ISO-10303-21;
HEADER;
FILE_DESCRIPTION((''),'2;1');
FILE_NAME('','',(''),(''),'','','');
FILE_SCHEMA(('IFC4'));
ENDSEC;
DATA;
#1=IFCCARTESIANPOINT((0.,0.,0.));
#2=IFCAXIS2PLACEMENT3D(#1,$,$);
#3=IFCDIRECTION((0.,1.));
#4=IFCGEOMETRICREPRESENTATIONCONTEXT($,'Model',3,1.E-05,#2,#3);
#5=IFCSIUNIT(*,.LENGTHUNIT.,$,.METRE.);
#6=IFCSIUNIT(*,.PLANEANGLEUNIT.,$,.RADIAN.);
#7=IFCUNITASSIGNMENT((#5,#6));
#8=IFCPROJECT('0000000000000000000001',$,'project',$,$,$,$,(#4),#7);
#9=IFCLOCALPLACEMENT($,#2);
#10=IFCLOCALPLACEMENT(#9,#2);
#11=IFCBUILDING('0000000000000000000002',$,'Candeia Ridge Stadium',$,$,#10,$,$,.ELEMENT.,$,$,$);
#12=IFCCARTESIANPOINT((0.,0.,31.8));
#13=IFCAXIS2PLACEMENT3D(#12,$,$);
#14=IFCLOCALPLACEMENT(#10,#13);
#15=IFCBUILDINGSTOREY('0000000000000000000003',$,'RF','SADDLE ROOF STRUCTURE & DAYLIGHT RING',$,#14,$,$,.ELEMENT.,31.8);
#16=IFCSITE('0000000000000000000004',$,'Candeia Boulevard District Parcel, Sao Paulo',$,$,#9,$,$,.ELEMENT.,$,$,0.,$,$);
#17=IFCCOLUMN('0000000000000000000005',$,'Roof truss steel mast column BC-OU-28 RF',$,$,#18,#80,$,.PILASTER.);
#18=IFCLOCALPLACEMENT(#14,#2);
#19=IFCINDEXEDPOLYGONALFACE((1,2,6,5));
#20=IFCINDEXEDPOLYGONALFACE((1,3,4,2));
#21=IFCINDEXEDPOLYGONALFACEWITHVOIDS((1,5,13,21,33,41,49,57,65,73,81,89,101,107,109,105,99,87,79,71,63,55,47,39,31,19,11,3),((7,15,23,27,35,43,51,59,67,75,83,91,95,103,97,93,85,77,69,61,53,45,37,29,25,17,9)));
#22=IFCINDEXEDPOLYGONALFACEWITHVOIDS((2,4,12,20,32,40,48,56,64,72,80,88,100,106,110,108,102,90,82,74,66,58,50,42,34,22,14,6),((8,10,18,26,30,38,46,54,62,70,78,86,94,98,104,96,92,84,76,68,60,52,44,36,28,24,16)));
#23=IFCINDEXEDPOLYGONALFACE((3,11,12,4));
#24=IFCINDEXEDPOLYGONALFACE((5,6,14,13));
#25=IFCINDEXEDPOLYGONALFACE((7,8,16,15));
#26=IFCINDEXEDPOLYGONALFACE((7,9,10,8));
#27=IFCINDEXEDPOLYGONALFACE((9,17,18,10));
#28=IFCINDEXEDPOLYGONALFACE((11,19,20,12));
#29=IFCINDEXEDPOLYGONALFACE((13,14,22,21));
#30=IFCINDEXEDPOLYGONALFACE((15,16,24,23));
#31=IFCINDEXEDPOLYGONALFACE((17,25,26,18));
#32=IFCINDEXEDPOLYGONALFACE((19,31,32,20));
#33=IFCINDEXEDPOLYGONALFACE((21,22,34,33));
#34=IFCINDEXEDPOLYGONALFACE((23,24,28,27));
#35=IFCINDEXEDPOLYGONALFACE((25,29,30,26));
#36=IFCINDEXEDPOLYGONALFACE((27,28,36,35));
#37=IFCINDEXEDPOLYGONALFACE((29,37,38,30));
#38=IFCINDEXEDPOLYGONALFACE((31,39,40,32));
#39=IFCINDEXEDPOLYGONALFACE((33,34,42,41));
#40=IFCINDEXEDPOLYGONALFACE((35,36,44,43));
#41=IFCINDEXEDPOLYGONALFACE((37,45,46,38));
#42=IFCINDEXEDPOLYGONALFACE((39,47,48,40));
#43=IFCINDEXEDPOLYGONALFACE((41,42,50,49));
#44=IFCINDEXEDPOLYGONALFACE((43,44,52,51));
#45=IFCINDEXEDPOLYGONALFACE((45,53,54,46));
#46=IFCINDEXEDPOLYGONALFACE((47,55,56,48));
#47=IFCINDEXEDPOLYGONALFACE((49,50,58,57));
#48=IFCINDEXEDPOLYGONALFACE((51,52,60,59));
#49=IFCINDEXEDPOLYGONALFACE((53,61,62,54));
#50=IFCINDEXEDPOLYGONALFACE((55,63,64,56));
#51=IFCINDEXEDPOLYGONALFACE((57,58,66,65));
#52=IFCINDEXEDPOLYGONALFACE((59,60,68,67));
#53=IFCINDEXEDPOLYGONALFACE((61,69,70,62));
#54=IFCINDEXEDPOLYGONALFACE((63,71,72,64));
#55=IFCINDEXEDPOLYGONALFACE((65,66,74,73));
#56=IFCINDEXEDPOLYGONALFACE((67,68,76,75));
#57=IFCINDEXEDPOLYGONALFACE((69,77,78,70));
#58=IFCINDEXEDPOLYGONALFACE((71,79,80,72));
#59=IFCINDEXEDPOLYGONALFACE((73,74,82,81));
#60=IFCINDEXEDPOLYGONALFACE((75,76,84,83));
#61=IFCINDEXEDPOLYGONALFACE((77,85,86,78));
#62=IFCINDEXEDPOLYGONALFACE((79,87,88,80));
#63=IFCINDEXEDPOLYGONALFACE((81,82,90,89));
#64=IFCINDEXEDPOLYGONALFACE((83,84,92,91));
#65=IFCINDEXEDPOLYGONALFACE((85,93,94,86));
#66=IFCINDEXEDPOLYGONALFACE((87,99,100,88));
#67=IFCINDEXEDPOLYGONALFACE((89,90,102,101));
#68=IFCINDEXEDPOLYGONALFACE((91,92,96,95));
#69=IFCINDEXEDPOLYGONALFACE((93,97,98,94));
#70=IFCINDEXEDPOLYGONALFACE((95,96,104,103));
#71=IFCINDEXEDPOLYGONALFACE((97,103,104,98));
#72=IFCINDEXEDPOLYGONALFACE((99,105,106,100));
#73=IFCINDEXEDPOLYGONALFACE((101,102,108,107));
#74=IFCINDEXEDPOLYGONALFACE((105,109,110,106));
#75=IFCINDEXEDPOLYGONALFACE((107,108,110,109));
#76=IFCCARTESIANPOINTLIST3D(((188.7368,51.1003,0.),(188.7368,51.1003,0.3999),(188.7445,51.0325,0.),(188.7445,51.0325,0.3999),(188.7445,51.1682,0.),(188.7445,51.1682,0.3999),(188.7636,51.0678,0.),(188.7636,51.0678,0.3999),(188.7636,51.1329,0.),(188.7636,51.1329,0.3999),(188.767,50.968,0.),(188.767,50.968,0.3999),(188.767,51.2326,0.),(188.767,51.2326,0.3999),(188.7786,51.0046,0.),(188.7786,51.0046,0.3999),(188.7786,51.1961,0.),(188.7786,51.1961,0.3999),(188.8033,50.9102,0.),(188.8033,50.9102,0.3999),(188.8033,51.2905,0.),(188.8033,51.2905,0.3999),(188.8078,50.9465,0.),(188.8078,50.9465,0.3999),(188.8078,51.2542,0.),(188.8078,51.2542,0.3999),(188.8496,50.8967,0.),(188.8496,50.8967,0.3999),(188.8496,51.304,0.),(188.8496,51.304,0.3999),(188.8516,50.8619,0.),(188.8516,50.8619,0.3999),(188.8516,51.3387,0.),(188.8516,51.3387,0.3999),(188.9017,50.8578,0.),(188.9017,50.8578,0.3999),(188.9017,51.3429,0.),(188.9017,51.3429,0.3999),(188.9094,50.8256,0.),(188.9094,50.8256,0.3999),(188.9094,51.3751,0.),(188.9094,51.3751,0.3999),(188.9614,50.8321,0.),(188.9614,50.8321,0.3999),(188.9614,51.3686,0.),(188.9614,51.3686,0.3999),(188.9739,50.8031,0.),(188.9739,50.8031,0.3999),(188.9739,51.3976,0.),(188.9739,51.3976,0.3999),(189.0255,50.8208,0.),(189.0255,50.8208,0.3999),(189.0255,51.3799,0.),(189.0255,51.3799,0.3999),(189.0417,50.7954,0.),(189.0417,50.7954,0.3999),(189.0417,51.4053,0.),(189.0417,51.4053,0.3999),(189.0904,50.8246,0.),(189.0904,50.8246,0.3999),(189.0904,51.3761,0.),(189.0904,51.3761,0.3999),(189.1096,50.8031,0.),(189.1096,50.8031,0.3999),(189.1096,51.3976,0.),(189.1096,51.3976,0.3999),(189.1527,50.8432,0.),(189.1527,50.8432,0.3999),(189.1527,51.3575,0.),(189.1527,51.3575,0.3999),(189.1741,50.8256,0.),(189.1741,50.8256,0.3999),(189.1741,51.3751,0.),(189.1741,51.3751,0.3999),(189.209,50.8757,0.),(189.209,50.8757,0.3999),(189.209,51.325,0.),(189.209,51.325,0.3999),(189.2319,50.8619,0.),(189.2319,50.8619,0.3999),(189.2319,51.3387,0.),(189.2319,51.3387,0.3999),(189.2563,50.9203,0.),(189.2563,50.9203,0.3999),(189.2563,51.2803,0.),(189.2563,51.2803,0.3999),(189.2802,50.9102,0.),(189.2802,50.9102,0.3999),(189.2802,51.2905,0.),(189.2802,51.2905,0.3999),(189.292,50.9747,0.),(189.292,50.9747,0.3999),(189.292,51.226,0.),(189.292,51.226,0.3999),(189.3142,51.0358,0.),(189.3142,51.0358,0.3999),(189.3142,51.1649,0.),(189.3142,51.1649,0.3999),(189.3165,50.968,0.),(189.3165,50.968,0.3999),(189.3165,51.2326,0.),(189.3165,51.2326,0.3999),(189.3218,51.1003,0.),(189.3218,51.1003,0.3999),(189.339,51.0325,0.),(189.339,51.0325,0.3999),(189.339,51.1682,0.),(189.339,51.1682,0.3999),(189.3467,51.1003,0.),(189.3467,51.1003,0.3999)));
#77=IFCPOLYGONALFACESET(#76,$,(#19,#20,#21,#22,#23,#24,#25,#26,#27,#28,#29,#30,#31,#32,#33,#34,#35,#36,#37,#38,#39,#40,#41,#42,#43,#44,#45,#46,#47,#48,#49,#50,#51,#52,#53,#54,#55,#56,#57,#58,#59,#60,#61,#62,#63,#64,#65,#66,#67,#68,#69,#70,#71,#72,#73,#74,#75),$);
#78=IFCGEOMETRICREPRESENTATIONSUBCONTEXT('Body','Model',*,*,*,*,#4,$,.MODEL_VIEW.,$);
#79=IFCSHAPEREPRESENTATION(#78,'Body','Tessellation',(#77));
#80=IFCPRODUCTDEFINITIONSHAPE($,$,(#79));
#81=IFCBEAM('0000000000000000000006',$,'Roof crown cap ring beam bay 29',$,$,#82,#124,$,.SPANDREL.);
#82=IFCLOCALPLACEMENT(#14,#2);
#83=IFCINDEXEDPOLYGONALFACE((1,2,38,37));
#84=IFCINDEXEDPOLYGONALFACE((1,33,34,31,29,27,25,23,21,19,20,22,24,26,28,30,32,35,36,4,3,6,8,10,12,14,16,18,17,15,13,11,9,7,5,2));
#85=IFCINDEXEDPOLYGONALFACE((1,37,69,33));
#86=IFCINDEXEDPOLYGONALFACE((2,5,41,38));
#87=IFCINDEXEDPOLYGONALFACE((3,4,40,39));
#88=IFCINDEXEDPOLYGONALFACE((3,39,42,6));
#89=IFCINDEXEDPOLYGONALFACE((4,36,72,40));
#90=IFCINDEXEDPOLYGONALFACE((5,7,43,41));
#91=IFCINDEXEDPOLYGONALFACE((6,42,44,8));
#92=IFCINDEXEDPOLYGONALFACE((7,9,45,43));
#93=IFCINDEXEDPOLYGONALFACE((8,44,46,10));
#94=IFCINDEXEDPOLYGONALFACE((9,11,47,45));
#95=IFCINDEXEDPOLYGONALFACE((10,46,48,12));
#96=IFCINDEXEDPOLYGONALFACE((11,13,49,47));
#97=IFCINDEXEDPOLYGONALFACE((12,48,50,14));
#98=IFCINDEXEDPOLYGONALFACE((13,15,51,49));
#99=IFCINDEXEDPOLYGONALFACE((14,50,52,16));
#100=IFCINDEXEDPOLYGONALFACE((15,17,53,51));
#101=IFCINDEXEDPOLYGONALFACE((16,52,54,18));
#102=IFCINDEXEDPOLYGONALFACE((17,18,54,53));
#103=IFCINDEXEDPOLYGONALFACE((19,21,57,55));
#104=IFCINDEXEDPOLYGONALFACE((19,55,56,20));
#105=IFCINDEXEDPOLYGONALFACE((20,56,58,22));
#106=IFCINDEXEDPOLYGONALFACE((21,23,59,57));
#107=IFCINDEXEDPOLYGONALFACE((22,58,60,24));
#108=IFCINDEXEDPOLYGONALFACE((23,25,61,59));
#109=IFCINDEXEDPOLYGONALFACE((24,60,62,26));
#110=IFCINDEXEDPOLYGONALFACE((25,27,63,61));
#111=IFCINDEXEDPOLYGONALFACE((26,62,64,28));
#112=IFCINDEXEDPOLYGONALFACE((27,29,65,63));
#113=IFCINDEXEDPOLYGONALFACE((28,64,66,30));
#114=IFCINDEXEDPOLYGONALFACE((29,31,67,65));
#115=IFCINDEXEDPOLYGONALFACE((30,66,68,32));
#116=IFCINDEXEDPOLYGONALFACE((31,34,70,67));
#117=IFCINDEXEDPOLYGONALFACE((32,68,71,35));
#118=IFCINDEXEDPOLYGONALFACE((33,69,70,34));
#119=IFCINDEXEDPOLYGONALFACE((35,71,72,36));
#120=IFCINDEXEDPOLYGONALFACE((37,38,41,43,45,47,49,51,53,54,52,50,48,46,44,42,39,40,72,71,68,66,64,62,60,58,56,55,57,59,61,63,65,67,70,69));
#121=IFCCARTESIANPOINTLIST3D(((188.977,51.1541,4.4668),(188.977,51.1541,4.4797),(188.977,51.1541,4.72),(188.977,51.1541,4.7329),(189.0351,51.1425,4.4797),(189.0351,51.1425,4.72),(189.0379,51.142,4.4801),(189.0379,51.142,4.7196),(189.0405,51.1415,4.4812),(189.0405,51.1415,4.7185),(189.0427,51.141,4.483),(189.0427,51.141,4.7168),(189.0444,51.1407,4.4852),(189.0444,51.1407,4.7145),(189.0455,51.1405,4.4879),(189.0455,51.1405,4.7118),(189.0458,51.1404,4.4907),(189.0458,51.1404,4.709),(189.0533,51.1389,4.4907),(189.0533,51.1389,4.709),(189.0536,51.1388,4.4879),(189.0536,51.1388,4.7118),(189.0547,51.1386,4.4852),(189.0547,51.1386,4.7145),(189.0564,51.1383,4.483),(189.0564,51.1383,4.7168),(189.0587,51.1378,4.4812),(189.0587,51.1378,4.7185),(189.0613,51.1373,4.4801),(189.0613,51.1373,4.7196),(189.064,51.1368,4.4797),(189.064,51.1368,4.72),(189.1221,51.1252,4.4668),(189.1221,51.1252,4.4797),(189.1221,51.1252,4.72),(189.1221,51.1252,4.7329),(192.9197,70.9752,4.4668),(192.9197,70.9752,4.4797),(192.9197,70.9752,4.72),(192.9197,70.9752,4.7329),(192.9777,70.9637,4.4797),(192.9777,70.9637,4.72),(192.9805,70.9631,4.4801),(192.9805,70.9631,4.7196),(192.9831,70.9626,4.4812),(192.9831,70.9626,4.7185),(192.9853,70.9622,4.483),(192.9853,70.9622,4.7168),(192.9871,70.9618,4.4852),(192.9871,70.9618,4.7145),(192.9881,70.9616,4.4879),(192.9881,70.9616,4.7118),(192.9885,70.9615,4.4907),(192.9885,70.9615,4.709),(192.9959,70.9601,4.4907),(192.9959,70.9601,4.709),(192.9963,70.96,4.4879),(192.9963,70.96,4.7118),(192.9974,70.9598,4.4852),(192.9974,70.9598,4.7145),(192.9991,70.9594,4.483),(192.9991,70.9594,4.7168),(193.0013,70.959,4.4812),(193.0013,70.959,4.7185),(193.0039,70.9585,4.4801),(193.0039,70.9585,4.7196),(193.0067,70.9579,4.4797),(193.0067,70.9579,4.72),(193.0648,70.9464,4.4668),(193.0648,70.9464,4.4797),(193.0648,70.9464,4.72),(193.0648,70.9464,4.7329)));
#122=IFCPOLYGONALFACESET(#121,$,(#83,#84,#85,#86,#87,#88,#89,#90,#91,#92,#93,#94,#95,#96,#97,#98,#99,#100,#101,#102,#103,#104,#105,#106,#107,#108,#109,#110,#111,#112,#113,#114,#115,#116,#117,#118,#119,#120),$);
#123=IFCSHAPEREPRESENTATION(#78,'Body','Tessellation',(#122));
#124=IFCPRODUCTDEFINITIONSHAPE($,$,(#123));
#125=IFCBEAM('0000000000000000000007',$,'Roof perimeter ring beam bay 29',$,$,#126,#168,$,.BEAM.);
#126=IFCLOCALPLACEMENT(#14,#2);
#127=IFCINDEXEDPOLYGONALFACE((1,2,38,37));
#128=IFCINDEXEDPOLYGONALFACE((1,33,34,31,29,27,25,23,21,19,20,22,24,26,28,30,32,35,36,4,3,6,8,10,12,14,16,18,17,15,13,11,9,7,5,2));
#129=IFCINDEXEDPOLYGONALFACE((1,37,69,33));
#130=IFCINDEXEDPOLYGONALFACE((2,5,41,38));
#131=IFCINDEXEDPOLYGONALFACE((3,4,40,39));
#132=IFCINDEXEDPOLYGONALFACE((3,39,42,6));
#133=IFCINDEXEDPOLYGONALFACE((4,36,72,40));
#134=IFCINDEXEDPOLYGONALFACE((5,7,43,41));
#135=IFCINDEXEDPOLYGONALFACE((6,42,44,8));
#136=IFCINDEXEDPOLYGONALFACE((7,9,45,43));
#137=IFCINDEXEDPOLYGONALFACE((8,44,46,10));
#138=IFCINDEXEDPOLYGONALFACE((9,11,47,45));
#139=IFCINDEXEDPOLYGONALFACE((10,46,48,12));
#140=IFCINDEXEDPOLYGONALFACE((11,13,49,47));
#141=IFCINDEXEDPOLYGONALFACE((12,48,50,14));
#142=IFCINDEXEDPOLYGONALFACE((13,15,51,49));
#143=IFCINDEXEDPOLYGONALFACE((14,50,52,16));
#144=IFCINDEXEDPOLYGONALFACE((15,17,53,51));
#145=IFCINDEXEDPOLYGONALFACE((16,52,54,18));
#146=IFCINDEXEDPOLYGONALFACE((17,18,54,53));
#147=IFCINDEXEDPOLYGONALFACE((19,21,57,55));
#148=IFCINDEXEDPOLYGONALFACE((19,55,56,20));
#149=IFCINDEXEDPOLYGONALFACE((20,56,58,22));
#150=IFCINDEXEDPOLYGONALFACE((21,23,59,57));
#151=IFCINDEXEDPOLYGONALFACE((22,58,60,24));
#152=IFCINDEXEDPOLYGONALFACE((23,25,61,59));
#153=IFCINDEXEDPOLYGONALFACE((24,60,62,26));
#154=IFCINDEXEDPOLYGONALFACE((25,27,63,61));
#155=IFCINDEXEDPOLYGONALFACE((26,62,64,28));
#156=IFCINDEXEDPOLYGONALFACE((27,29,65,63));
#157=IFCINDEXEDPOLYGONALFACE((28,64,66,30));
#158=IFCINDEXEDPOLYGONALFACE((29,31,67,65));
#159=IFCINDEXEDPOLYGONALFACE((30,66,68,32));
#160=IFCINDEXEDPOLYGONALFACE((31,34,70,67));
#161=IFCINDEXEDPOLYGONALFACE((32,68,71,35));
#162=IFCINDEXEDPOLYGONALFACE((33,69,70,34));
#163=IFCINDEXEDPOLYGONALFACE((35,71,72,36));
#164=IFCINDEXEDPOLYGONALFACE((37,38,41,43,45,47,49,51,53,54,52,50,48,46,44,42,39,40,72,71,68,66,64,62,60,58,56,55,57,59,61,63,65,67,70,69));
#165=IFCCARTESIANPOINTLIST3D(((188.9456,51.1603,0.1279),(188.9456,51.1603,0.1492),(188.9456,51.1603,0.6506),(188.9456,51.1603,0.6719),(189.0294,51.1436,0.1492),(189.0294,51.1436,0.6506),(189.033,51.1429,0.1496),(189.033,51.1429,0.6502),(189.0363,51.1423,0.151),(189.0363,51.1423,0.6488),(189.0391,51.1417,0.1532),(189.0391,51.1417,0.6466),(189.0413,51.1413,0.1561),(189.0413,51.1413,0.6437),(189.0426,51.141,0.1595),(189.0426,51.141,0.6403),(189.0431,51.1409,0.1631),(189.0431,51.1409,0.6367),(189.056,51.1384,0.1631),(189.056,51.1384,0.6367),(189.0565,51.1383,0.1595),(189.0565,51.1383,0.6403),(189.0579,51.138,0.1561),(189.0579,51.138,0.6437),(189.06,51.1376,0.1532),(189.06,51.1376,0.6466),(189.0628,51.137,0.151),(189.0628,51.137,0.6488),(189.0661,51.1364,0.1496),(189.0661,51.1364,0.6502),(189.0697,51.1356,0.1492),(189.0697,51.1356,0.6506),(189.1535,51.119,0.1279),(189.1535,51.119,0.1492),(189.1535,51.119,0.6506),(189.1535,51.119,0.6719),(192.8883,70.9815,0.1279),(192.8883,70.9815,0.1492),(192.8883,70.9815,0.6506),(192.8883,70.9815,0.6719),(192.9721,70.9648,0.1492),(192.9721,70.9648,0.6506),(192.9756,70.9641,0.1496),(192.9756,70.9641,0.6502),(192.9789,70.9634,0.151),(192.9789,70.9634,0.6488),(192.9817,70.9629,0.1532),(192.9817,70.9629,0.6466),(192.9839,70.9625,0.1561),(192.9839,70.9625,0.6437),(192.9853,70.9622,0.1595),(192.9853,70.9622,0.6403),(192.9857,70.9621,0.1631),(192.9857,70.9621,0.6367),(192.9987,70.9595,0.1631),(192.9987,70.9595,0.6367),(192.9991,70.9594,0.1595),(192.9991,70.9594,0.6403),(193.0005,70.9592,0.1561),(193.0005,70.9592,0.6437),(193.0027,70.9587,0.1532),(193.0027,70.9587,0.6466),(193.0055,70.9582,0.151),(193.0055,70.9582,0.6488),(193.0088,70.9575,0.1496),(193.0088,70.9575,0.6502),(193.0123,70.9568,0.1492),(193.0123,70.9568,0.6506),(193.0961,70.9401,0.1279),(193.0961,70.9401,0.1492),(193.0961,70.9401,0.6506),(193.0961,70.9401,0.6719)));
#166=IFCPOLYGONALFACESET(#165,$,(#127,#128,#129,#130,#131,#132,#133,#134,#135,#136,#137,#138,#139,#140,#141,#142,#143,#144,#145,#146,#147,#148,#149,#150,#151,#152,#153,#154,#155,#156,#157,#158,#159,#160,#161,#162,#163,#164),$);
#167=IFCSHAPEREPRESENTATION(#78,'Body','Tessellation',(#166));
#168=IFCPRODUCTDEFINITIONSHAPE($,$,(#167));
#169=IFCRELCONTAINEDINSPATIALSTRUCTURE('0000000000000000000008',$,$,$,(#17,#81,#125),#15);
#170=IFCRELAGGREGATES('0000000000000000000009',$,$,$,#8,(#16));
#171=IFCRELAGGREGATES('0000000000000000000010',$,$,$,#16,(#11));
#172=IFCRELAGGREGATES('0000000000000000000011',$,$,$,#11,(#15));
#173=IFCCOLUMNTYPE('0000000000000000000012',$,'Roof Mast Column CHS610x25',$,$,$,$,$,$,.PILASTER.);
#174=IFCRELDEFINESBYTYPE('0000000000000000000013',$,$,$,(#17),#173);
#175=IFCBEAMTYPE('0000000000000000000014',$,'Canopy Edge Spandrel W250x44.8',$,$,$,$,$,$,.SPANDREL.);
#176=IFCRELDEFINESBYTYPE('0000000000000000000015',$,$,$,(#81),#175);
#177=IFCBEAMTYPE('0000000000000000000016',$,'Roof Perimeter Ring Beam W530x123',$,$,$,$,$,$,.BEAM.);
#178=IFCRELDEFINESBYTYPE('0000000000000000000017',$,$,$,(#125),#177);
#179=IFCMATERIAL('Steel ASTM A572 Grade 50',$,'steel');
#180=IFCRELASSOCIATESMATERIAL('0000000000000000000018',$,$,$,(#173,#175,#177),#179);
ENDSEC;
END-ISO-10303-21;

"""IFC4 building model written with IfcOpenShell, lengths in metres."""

from ifc_helpers import new_model, si_unit, direction, frame, origin, origin_2d, place, context, subcontext, project, spatial, hollow_circle, i_section, extrude, material, material_profile, profile_set, type_object, element, save


model = new_model("IFC4")

# Units and contexts
model_context = context("Model", 3, precision=1e-05, world=origin(), true_north=direction((0.0, 1.0)))
body_context = subcontext(model_context, "Body", "Model", "MODEL_VIEW")
ifc_project = project(units=[si_unit("LENGTHUNIT", "METRE"), si_unit("PLANEANGLEUNIT", "RADIAN")], contexts=[model_context])

# Site, building, storey
site_placement = place(None, origin())
site = spatial("IfcSite", under=ifc_project, at=site_placement, Name="Candeia Boulevard District Parcel, Sao Paulo", CompositionType="ELEMENT", RefElevation=0.0)
building_placement = place(site_placement, origin())
building = spatial("IfcBuilding", under=site, at=building_placement, Name="Candeia Ridge Stadium", CompositionType="ELEMENT")
storey_placement = place(building_placement, frame((0.0, 0.0, 31.8)))
storey = spatial("IfcBuildingStorey", under=building, at=storey_placement, Name="RF", Description="SADDLE ROOF STRUCTURE & DAYLIGHT RING", CompositionType="ELEMENT", Elevation=31.8)

# Column
ifc_material = material(Name="Steel ASTM A572 Grade 50", Category="steel")
ifc_material_profile_1 = material_profile(ifc_material, hollow_circle(Radius=0.3049, WallThickness=0.0249, at=origin_2d()), Name="CHS610x25", Category="steel")
ifc_profile_set_1 = profile_set([ifc_material_profile_1], Name="Steel ASTM A572 Grade 50")
column_type = type_object("IfcColumnType", Name="Roof Mast Column CHS610x25", PredefinedType="PILASTER", material=ifc_profile_set_1)
column_placement = place(storey_placement, frame((189.0417, 51.1003, 0.0), z_axis=(0.0, 0.0, 1.0), x_axis=(1.0, 0.0, 0.0)))
element("IfcColumn", 1, at=column_placement, inside=storey, type_object=column_type, Name="Roof truss steel mast column BC-OU-28 RF", PredefinedType="PILASTER", context=body_context, shape_type="SweptSolid", body=[
    extrude(hollow_circle(Radius=0.3049, WallThickness=0.0249, at=origin_2d()), origin(), (0.0, 0.0, 1.0), 0.3999),
])

# Beams
ifc_material_profile_2 = material_profile(ifc_material, i_section(OverallWidth=0.1479, OverallDepth=0.2661, WebThickness=0.0076, FlangeThickness=0.0129, FilletRadius=0.011, at=origin_2d()), Name="W250x44.8", Category="steel")
ifc_profile_set_2 = profile_set([ifc_material_profile_2], Name="Steel ASTM A572 Grade 50")
beam_type_1 = type_object("IfcBeamType", Name="Canopy Edge Spandrel W250x44.8", PredefinedType="SPANDREL", material=ifc_profile_set_2)
beam_1_placement = place(storey_placement, frame((189.0496, 51.1396, 4.5999), z_axis=(0.195089, 0.980786, 0.0), x_axis=(-0.980786, 0.195089, 0.0)))
element("IfcBeam", 2, at=beam_1_placement, inside=storey, type_object=beam_type_1, Name="Roof crown cap ring beam bay 29", PredefinedType="SPANDREL", context=body_context, shape_type="SweptSolid", body=[
    extrude(i_section(OverallWidth=0.1479, OverallDepth=0.2661, WebThickness=0.0076, FlangeThickness=0.0129, FilletRadius=0.011, at=origin_2d()), origin(), (0.0, 0.0, 1.0), 20.2095),
])
ifc_material_profile_3 = material_profile(ifc_material, i_section(OverallWidth=0.2119, OverallDepth=0.5439, WebThickness=0.0132, FlangeThickness=0.0212, FilletRadius=0.0139, at=origin_2d()), Name="W530x123", Category="steel")
ifc_profile_set_3 = profile_set([ifc_material_profile_3], Name="Steel ASTM A572 Grade 50")
beam_type_2 = type_object("IfcBeamType", Name="Roof Perimeter Ring Beam W530x123", PredefinedType="BEAM", material=ifc_profile_set_3)
beam_2_placement = place(storey_placement, frame((189.0496, 51.1396, 0.3999), z_axis=(0.195089, 0.980786, 0.0), x_axis=(-0.980786, 0.195089, 0.0)))
element("IfcBeam", 3, at=beam_2_placement, inside=storey, type_object=beam_type_2, Name="Roof perimeter ring beam bay 29", PredefinedType="BEAM", context=body_context, shape_type="SweptSolid", body=[
    extrude(i_section(OverallWidth=0.2119, OverallDepth=0.5439, WebThickness=0.0132, FlangeThickness=0.0212, FilletRadius=0.0139, at=origin_2d()), origin(), (0.0, 0.0, 1.0), 20.2095),
])

save(model, "model.ifc")
